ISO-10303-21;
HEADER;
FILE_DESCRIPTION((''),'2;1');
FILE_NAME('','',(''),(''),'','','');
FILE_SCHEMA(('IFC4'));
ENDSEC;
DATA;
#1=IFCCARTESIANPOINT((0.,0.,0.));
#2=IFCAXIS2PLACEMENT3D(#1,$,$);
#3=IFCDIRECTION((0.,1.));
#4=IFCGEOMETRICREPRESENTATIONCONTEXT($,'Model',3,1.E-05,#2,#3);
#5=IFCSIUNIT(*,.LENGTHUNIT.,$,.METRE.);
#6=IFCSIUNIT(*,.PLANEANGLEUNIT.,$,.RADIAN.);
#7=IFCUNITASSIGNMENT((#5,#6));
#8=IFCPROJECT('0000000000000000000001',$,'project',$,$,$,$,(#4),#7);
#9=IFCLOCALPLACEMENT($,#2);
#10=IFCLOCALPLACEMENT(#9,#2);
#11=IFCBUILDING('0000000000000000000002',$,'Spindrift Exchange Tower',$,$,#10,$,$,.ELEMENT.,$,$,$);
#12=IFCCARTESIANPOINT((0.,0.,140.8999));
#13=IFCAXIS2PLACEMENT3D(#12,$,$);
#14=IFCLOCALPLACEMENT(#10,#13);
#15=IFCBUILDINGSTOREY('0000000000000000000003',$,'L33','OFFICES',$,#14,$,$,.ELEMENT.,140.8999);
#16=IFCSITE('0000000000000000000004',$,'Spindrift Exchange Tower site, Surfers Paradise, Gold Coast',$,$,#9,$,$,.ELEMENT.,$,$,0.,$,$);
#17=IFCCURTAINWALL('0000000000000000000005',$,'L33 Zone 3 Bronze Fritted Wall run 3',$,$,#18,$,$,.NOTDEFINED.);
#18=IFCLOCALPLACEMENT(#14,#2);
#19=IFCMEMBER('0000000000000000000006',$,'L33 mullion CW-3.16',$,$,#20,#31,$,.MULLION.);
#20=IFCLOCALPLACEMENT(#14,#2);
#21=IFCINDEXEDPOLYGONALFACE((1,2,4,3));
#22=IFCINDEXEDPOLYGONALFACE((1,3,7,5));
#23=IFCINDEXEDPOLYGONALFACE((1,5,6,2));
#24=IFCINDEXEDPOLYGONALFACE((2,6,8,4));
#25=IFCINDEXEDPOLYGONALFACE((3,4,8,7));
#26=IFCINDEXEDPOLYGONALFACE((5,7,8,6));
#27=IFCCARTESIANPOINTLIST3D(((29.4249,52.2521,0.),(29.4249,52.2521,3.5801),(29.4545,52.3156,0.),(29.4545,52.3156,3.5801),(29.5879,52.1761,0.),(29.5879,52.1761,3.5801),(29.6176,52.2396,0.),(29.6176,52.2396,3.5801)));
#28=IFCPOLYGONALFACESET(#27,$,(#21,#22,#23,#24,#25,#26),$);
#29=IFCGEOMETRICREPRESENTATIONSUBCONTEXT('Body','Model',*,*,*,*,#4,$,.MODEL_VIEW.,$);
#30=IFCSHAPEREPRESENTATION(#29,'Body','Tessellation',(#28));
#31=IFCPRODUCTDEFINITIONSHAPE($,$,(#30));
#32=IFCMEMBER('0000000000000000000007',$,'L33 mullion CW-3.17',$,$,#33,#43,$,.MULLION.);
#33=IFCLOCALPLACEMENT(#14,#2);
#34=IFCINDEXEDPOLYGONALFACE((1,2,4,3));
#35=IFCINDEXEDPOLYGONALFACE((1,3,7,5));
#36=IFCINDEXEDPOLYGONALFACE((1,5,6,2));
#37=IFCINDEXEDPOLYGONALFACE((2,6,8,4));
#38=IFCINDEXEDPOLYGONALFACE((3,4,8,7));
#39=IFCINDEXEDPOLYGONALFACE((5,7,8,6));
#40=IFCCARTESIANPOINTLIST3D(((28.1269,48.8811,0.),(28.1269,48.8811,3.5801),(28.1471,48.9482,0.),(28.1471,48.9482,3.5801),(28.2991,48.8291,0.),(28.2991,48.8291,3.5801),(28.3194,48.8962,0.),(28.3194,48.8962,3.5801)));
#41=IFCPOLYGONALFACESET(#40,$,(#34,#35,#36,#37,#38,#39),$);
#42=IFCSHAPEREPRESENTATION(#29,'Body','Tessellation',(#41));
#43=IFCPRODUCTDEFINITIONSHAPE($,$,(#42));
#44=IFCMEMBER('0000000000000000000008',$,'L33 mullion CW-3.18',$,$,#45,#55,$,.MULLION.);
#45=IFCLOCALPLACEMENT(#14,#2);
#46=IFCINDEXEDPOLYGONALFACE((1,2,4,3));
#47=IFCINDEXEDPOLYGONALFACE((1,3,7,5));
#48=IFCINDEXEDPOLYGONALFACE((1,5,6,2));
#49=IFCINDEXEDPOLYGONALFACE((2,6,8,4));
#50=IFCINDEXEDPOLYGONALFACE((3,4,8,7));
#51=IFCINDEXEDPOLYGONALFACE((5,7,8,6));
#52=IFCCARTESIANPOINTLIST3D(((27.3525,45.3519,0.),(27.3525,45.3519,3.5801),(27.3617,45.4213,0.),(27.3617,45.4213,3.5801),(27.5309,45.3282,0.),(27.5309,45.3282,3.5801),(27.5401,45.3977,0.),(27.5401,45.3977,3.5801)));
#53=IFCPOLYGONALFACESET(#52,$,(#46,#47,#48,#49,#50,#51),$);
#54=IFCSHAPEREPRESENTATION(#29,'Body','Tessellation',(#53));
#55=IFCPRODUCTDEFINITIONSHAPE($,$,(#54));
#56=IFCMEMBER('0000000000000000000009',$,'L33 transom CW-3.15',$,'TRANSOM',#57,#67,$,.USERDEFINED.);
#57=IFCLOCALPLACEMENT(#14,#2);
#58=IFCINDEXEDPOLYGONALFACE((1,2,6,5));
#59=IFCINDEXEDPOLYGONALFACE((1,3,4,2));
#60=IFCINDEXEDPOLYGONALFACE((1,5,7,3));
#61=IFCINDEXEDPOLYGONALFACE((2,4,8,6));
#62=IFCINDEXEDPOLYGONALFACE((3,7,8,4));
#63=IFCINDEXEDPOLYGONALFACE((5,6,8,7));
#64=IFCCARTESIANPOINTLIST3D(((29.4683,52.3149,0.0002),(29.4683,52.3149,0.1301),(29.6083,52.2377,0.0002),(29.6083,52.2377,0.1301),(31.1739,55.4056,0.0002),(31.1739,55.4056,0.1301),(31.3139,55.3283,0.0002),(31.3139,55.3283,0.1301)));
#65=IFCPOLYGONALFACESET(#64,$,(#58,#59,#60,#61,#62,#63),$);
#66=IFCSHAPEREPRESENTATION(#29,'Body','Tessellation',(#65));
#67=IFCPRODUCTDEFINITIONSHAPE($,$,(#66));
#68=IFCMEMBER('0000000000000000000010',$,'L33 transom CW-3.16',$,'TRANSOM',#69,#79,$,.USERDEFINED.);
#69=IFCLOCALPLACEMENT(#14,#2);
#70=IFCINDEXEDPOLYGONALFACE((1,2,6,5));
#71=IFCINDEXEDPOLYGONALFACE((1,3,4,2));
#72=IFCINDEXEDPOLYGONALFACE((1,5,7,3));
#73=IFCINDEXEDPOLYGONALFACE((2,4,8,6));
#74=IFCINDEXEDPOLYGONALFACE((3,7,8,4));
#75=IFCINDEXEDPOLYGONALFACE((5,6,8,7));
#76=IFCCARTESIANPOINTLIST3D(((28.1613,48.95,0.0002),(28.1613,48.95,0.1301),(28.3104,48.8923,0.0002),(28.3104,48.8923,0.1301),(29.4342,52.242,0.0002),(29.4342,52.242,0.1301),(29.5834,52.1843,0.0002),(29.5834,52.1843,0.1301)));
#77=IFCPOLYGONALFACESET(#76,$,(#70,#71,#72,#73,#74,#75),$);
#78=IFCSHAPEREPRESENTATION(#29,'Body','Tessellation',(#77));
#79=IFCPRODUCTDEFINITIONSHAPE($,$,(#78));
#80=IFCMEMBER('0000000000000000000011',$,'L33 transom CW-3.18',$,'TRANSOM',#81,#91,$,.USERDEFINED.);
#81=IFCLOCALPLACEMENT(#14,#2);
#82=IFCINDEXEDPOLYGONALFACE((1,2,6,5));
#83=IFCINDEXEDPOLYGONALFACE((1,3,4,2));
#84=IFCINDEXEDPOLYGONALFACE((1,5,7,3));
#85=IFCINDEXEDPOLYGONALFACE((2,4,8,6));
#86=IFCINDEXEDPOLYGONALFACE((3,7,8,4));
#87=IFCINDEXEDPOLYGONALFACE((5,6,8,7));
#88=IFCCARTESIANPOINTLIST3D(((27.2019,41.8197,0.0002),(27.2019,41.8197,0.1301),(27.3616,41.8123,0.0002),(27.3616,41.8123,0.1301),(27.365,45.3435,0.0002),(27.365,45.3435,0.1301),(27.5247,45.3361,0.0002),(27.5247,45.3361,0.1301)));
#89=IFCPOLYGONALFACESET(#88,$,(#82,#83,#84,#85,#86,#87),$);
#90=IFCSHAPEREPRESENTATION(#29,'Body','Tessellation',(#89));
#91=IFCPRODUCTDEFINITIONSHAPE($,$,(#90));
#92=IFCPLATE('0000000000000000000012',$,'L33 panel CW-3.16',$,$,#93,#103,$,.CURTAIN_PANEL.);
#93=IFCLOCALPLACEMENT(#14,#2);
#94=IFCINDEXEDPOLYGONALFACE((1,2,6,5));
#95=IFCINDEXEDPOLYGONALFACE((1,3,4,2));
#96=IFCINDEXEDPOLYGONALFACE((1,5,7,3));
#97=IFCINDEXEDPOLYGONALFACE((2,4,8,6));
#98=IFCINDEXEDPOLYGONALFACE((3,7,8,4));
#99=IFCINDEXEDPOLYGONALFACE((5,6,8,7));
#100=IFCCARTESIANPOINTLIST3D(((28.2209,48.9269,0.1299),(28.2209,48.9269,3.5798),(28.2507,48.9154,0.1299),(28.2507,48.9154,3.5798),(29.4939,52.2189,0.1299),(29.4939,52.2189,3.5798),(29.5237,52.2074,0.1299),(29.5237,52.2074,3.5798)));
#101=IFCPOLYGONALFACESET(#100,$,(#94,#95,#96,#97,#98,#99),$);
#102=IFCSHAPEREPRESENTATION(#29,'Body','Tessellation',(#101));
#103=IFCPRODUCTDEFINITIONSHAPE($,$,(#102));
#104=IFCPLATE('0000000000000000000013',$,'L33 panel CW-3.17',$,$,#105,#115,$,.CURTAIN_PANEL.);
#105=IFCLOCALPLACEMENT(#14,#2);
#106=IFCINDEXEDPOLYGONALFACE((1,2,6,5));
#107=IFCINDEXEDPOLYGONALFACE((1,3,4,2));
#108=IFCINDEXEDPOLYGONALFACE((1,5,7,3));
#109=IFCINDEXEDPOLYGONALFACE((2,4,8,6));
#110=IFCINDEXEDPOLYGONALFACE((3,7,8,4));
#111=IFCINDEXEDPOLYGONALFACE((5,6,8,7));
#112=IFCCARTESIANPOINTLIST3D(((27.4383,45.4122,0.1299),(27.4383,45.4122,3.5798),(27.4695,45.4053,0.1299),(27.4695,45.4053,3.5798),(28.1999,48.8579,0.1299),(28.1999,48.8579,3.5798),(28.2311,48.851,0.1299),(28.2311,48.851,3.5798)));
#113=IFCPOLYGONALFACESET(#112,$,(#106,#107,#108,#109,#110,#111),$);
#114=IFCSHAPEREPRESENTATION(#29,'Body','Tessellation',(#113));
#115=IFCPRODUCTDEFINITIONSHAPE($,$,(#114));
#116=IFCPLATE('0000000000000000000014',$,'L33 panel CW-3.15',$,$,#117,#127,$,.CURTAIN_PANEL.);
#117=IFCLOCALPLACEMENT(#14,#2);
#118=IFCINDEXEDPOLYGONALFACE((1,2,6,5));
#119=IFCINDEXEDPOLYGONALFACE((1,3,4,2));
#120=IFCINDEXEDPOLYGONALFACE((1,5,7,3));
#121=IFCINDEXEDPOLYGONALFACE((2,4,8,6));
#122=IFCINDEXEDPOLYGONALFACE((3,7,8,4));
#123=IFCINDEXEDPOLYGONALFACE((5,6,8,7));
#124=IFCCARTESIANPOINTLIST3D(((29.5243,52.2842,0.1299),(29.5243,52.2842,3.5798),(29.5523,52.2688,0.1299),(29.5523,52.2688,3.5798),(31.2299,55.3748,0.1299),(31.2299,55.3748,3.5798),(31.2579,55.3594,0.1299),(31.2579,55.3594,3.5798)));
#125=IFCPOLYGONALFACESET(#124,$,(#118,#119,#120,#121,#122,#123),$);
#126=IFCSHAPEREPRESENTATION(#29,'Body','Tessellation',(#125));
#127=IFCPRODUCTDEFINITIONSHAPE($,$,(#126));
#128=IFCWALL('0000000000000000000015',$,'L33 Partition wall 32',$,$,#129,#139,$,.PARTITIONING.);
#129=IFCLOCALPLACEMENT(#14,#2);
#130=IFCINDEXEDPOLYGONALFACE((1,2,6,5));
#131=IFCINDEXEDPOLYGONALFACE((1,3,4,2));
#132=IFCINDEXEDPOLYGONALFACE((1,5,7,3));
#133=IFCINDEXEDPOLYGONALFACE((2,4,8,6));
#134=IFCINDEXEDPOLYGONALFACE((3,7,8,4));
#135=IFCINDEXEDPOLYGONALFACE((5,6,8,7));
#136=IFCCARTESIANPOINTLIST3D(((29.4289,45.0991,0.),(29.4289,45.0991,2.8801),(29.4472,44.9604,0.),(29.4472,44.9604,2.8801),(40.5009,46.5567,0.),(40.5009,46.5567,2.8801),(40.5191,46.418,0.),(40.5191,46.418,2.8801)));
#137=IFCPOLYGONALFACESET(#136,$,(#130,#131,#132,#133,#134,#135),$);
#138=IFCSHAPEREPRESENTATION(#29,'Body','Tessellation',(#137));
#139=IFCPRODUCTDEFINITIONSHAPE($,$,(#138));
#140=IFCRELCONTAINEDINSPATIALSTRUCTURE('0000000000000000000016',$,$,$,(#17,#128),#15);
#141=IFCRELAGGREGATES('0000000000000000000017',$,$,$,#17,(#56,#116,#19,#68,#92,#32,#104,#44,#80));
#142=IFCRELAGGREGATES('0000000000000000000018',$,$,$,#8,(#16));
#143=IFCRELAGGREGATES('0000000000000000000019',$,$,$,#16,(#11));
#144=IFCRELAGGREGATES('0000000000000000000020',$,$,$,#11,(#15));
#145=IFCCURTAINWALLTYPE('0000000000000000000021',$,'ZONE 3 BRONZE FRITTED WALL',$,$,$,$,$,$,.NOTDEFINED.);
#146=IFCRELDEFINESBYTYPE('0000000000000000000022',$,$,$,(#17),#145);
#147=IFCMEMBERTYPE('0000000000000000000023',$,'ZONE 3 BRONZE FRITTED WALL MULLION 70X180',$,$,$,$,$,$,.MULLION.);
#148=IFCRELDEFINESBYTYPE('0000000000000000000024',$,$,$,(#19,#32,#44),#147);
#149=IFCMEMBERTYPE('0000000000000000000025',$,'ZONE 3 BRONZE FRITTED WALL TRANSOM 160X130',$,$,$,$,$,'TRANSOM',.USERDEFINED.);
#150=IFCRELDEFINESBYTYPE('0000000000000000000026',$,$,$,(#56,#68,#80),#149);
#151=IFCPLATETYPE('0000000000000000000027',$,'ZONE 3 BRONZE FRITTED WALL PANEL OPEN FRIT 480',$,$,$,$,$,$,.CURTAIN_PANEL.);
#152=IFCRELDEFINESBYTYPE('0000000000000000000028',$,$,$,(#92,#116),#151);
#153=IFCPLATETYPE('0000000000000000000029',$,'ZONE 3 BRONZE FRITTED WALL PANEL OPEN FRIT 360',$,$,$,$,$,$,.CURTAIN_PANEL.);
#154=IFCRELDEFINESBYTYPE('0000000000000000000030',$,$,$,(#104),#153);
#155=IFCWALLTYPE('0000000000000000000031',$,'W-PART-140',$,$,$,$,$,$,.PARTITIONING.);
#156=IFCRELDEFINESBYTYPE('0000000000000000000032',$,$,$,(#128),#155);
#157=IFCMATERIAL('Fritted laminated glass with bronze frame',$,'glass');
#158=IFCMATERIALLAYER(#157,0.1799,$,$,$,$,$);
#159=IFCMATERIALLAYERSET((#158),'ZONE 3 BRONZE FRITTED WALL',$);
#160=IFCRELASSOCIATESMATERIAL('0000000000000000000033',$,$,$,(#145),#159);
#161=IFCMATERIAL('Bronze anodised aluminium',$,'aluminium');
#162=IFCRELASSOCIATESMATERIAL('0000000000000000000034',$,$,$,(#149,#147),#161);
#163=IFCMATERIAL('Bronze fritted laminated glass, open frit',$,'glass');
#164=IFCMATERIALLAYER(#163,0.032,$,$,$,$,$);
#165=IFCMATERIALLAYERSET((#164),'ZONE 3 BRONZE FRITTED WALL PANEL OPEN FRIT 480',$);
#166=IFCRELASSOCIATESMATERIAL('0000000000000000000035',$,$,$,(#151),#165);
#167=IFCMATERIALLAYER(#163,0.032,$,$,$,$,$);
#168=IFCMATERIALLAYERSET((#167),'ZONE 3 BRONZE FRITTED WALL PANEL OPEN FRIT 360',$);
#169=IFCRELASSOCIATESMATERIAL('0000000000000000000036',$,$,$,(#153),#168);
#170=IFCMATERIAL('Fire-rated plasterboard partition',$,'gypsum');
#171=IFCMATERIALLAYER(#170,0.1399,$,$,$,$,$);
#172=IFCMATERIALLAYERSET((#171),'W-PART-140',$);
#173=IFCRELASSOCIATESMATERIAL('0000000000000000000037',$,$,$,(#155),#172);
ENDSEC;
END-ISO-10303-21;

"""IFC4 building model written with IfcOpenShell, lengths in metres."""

from ifc_helpers import new_model, si_unit, direction, frame, frame_2d, origin, origin_2d, place, context, subcontext, project, spatial, rectangle, extrude, source, transform, mapped, material, layer, layer_set, material_profile, profile_set, type_object, element, aggregate, save


model = new_model("IFC4")

# Units and contexts
model_context = context("Model", 3, precision=1e-05, world=origin(), true_north=direction((0.0, 1.0)))
body_context = subcontext(model_context, "Body", "Model", "MODEL_VIEW")
ifc_project = project(units=[si_unit("LENGTHUNIT", "METRE"), si_unit("PLANEANGLEUNIT", "RADIAN")], contexts=[model_context])

# Site, building, storey
site_placement = place(None, origin())
site = spatial("IfcSite", under=ifc_project, at=site_placement, Name="Spindrift Exchange Tower site, Surfers Paradise, Gold Coast", CompositionType="ELEMENT", RefElevation=0.0)
building_placement = place(site_placement, origin())
building = spatial("IfcBuilding", under=site, at=building_placement, Name="Spindrift Exchange Tower", CompositionType="ELEMENT")
storey_placement = place(building_placement, frame((0.0, 0.0, 140.8999)))
storey = spatial("IfcBuildingStorey", under=building, at=storey_placement, Name="L33", Description="OFFICES", CompositionType="ELEMENT", Elevation=140.8999)

# Curtain wall, members, plates
ifc_material_1 = material(Name="Fritted laminated glass with bronze frame", Category="glass")
ifc_layer_1 = layer(ifc_material_1, 0.1799)
ifc_layer_set_1 = layer_set([ifc_layer_1], Name="ZONE 3 BRONZE FRITTED WALL")
curtain_wall_type = type_object("IfcCurtainWallType", Name="ZONE 3 BRONZE FRITTED WALL", PredefinedType="NOTDEFINED", material=ifc_layer_set_1)
curtain_wall_placement = place(storey_placement, origin())
curtain_wall = element("IfcCurtainWall", 1, at=curtain_wall_placement, inside=storey, type_object=curtain_wall_type, Name="L33 Zone 3 Bronze Fritted Wall run 3", PredefinedType="NOTDEFINED")
ifc_material_2 = material(Name="Bronze anodised aluminium", Category="aluminium")
ifc_material_profile_1 = material_profile(ifc_material_2, rectangle(XDim=0.1599, YDim=0.1299, at=origin_2d()), Name="ZONE 3 BRONZE FRITTED WALL TRANSOM 160X130")
ifc_profile_set_1 = profile_set([ifc_material_profile_1], Name="Bronze anodised aluminium")
member_type_1 = type_object("IfcMemberType", Name="ZONE 3 BRONZE FRITTED WALL TRANSOM 160X130", ElementType="TRANSOM", PredefinedType="USERDEFINED", material=ifc_profile_set_1)
ifc_material_profile_2 = material_profile(ifc_material_2, rectangle(XDim=0.0701, YDim=0.1799, at=origin_2d()), Name="ZONE 3 BRONZE FRITTED WALL MULLION 70X180")
ifc_profile_set_2 = profile_set([ifc_material_profile_2], Name="Bronze anodised aluminium")
member_type_2 = type_object("IfcMemberType", Name="ZONE 3 BRONZE FRITTED WALL MULLION 70X180", PredefinedType="MULLION", material=ifc_profile_set_2)
shared_shape_1 = source(origin(), body_context, "Body", "SweptSolid", [
    extrude(rectangle(XDim=0.0701, YDim=0.1799, at=origin_2d()), origin(), (0.0, 0.0, 1.0), 3.5801),
])
member_1_placement = place(storey_placement, frame((29.5212, 52.2458, 0.0), z_axis=(0.0, 0.0, 1.0), x_axis=(-0.422894, -0.906179, 0.0)))
member_1 = element("IfcMember", 2, at=member_1_placement, type_object=member_type_2, Name="L33 mullion CW-3.16", PredefinedType="MULLION", context=body_context, shape_type="MappedRepresentation", body=[
    mapped(shared_shape_1, transform((0.0, 0.0, 0.0), scale=1.0)),
])
member_2_placement = place(storey_placement, frame((28.2231, 48.8887, 0.0), z_axis=(0.0, 0.0, 1.0), x_axis=(-0.289074, -0.957307, 0.0)))
member_2 = element("IfcMember", 3, at=member_2_placement, type_object=member_type_2, Name="L33 mullion CW-3.17", PredefinedType="MULLION", context=body_context, shape_type="MappedRepresentation", body=[
    mapped(shared_shape_1, transform((0.0, 0.0, 0.0), scale=1.0)),
])
member_3_placement = place(storey_placement, frame((27.4463, 45.3748, 0.0), z_axis=(0.0, 0.0, 1.0), x_axis=(-0.131509, -0.991315, 0.0)))
member_3 = element("IfcMember", 4, at=member_3_placement, type_object=member_type_2, Name="L33 mullion CW-3.18", PredefinedType="MULLION", context=body_context, shape_type="MappedRepresentation", body=[
    mapped(shared_shape_1, transform((0.0, 0.0, 0.0), scale=1.0)),
])
shared_shape_2 = source(origin(), body_context, "Body", "SweptSolid", [
    extrude(rectangle(XDim=0.1599, YDim=0.1299, at=origin_2d()), origin(), (0.0, 0.0, 1.0), 3.53),
])
member_4_placement = place(storey_placement, frame((31.2439, 55.3669, 0.0652), z_axis=(-0.483169, -0.875527, 0.0), x_axis=(0.875527, -0.483169, 0.0)))
member_4 = element("IfcMember", 5, at=member_4_placement, type_object=member_type_1, Name="L33 transom CW-3.15", ObjectType="TRANSOM", PredefinedType="USERDEFINED", context=body_context, shape_type="MappedRepresentation", body=[
    mapped(shared_shape_2, transform((0.0, 0.0, 0.0), scale=1.0)),
])
shared_shape_3 = source(origin(), body_context, "Body", "SweptSolid", [
    extrude(rectangle(XDim=0.1599, YDim=0.1299, at=origin_2d()), origin(), (0.0, 0.0, 1.0), 3.5295),
])
member_5_placement = place(storey_placement, frame((29.5088, 52.2131, 0.0652), z_axis=(-0.360656, -0.932699, 0.0), x_axis=(0.932699, -0.360656, 0.0)))
member_5 = element("IfcMember", 6, at=member_5_placement, type_object=member_type_1, Name="L33 transom CW-3.16", ObjectType="TRANSOM", PredefinedType="USERDEFINED", context=body_context, shape_type="MappedRepresentation", body=[
    mapped(shared_shape_3, transform((0.0, 0.0, 0.0), scale=1.0)),
])
shared_shape_4 = source(origin(), body_context, "Body", "SweptSolid", [
    extrude(rectangle(XDim=0.1599, YDim=0.1299, at=origin_2d()), origin(), (0.0, 0.0, 1.0), 3.5276),
])
member_6_placement = place(storey_placement, frame((27.4448, 45.3398, 0.0652), z_axis=(-0.04623, -0.998931, 0.0), x_axis=(0.998931, -0.04623, 0.0)))
member_6 = element("IfcMember", 7, at=member_6_placement, type_object=member_type_1, Name="L33 transom CW-3.18", ObjectType="TRANSOM", PredefinedType="USERDEFINED", context=body_context, shape_type="MappedRepresentation", body=[
    mapped(shared_shape_4, transform((0.0, 0.0, 0.0), scale=1.0)),
])
ifc_material_3 = material(Name="Bronze fritted laminated glass, open frit", Category="glass")
ifc_layer_2 = layer(ifc_material_3, 0.032)
ifc_layer_set_2 = layer_set([ifc_layer_2], Name="ZONE 3 BRONZE FRITTED WALL PANEL OPEN FRIT 480")
plate_type_1 = type_object("IfcPlateType", Name="ZONE 3 BRONZE FRITTED WALL PANEL OPEN FRIT 480", PredefinedType="CURTAIN_PANEL", material=ifc_layer_set_2)
shared_shape_5 = source(origin(), body_context, "Body", "SweptSolid", [
    extrude(rectangle(XDim=3.5295, YDim=0.032, at=origin_2d()), origin(), (0.0, 0.0, 1.0), 3.45),
])
plate_1_placement = place(storey_placement, frame((28.8723, 50.5671, 0.1299), z_axis=(0.0, 0.0, 1.0), x_axis=(-0.360666, -0.932695, 0.0)))
plate_1 = element("IfcPlate", 8, at=plate_1_placement, type_object=plate_type_1, Name="L33 panel CW-3.16", PredefinedType="CURTAIN_PANEL", context=body_context, shape_type="MappedRepresentation", body=[
    mapped(shared_shape_5, transform((0.0, 0.0, 0.0), scale=1.0)),
])
ifc_layer_3 = layer(ifc_material_3, 0.032)
ifc_layer_set_3 = layer_set([ifc_layer_3], Name="ZONE 3 BRONZE FRITTED WALL PANEL OPEN FRIT 360")
plate_type_2 = type_object("IfcPlateType", Name="ZONE 3 BRONZE FRITTED WALL PANEL OPEN FRIT 360", PredefinedType="CURTAIN_PANEL", material=ifc_layer_set_3)
shared_shape_6 = source(origin(), body_context, "Body", "SweptSolid", [
    extrude(rectangle(XDim=3.5288, YDim=0.032, at=origin_2d()), origin(), (0.0, 0.0, 1.0), 3.45),
])
plate_2_placement = place(storey_placement, frame((27.8347, 47.1316, 0.1299), z_axis=(0.0, 0.0, 1.0), x_axis=(-0.215826, -0.976432, 0.0)))
plate_2 = element("IfcPlate", 9, at=plate_2_placement, type_object=plate_type_2, Name="L33 panel CW-3.17", PredefinedType="CURTAIN_PANEL", context=body_context, shape_type="MappedRepresentation", body=[
    mapped(shared_shape_6, transform((0.0, 0.0, 0.0), scale=1.0)),
])
shared_shape_7 = source(origin(), body_context, "Body", "SweptSolid", [
    extrude(rectangle(XDim=3.53, YDim=0.032, at=origin_2d()), origin(), (0.0, 0.0, 1.0), 3.45),
])
plate_3_placement = place(storey_placement, frame((30.3911, 53.8218, 0.1299), z_axis=(0.0, 0.0, 1.0), x_axis=(-0.483188, -0.875517, 0.0)))
plate_3 = element("IfcPlate", 10, at=plate_3_placement, type_object=plate_type_1, Name="L33 panel CW-3.15", PredefinedType="CURTAIN_PANEL", context=body_context, shape_type="MappedRepresentation", body=[
    mapped(shared_shape_7, transform((0.0, 0.0, 0.0), scale=1.0)),
])
aggregate(curtain_wall, [member_4, plate_3, member_1, member_5, plate_1, member_2, plate_2, member_3, member_6])

# Wall
ifc_material_4 = material(Name="Fire-rated plasterboard partition", Category="gypsum")
ifc_layer_4 = layer(ifc_material_4, 0.1399)
ifc_layer_set_4 = layer_set([ifc_layer_4], Name="W-PART-140")
wall_type = type_object("IfcWallType", Name="W-PART-140", PredefinedType="PARTITIONING", material=ifc_layer_set_4)
wall_placement = place(storey_placement, frame((40.51, 46.4873, 0.0), z_axis=(0.0, 0.0, 1.0), x_axis=(-0.991446, -0.130514, 0.0)))
element("IfcWall", 11, at=wall_placement, inside=storey, type_object=wall_type, Name="L33 Partition wall 32", PredefinedType="PARTITIONING", context=body_context, shape_type="SweptSolid", body=[
    extrude(rectangle(XDim=11.1675, YDim=0.1399, at=frame_2d((5.5837, 0.0))), origin(), (0.0, 0.0, 1.0), 2.8801),
])

save(model, "model.ifc")
